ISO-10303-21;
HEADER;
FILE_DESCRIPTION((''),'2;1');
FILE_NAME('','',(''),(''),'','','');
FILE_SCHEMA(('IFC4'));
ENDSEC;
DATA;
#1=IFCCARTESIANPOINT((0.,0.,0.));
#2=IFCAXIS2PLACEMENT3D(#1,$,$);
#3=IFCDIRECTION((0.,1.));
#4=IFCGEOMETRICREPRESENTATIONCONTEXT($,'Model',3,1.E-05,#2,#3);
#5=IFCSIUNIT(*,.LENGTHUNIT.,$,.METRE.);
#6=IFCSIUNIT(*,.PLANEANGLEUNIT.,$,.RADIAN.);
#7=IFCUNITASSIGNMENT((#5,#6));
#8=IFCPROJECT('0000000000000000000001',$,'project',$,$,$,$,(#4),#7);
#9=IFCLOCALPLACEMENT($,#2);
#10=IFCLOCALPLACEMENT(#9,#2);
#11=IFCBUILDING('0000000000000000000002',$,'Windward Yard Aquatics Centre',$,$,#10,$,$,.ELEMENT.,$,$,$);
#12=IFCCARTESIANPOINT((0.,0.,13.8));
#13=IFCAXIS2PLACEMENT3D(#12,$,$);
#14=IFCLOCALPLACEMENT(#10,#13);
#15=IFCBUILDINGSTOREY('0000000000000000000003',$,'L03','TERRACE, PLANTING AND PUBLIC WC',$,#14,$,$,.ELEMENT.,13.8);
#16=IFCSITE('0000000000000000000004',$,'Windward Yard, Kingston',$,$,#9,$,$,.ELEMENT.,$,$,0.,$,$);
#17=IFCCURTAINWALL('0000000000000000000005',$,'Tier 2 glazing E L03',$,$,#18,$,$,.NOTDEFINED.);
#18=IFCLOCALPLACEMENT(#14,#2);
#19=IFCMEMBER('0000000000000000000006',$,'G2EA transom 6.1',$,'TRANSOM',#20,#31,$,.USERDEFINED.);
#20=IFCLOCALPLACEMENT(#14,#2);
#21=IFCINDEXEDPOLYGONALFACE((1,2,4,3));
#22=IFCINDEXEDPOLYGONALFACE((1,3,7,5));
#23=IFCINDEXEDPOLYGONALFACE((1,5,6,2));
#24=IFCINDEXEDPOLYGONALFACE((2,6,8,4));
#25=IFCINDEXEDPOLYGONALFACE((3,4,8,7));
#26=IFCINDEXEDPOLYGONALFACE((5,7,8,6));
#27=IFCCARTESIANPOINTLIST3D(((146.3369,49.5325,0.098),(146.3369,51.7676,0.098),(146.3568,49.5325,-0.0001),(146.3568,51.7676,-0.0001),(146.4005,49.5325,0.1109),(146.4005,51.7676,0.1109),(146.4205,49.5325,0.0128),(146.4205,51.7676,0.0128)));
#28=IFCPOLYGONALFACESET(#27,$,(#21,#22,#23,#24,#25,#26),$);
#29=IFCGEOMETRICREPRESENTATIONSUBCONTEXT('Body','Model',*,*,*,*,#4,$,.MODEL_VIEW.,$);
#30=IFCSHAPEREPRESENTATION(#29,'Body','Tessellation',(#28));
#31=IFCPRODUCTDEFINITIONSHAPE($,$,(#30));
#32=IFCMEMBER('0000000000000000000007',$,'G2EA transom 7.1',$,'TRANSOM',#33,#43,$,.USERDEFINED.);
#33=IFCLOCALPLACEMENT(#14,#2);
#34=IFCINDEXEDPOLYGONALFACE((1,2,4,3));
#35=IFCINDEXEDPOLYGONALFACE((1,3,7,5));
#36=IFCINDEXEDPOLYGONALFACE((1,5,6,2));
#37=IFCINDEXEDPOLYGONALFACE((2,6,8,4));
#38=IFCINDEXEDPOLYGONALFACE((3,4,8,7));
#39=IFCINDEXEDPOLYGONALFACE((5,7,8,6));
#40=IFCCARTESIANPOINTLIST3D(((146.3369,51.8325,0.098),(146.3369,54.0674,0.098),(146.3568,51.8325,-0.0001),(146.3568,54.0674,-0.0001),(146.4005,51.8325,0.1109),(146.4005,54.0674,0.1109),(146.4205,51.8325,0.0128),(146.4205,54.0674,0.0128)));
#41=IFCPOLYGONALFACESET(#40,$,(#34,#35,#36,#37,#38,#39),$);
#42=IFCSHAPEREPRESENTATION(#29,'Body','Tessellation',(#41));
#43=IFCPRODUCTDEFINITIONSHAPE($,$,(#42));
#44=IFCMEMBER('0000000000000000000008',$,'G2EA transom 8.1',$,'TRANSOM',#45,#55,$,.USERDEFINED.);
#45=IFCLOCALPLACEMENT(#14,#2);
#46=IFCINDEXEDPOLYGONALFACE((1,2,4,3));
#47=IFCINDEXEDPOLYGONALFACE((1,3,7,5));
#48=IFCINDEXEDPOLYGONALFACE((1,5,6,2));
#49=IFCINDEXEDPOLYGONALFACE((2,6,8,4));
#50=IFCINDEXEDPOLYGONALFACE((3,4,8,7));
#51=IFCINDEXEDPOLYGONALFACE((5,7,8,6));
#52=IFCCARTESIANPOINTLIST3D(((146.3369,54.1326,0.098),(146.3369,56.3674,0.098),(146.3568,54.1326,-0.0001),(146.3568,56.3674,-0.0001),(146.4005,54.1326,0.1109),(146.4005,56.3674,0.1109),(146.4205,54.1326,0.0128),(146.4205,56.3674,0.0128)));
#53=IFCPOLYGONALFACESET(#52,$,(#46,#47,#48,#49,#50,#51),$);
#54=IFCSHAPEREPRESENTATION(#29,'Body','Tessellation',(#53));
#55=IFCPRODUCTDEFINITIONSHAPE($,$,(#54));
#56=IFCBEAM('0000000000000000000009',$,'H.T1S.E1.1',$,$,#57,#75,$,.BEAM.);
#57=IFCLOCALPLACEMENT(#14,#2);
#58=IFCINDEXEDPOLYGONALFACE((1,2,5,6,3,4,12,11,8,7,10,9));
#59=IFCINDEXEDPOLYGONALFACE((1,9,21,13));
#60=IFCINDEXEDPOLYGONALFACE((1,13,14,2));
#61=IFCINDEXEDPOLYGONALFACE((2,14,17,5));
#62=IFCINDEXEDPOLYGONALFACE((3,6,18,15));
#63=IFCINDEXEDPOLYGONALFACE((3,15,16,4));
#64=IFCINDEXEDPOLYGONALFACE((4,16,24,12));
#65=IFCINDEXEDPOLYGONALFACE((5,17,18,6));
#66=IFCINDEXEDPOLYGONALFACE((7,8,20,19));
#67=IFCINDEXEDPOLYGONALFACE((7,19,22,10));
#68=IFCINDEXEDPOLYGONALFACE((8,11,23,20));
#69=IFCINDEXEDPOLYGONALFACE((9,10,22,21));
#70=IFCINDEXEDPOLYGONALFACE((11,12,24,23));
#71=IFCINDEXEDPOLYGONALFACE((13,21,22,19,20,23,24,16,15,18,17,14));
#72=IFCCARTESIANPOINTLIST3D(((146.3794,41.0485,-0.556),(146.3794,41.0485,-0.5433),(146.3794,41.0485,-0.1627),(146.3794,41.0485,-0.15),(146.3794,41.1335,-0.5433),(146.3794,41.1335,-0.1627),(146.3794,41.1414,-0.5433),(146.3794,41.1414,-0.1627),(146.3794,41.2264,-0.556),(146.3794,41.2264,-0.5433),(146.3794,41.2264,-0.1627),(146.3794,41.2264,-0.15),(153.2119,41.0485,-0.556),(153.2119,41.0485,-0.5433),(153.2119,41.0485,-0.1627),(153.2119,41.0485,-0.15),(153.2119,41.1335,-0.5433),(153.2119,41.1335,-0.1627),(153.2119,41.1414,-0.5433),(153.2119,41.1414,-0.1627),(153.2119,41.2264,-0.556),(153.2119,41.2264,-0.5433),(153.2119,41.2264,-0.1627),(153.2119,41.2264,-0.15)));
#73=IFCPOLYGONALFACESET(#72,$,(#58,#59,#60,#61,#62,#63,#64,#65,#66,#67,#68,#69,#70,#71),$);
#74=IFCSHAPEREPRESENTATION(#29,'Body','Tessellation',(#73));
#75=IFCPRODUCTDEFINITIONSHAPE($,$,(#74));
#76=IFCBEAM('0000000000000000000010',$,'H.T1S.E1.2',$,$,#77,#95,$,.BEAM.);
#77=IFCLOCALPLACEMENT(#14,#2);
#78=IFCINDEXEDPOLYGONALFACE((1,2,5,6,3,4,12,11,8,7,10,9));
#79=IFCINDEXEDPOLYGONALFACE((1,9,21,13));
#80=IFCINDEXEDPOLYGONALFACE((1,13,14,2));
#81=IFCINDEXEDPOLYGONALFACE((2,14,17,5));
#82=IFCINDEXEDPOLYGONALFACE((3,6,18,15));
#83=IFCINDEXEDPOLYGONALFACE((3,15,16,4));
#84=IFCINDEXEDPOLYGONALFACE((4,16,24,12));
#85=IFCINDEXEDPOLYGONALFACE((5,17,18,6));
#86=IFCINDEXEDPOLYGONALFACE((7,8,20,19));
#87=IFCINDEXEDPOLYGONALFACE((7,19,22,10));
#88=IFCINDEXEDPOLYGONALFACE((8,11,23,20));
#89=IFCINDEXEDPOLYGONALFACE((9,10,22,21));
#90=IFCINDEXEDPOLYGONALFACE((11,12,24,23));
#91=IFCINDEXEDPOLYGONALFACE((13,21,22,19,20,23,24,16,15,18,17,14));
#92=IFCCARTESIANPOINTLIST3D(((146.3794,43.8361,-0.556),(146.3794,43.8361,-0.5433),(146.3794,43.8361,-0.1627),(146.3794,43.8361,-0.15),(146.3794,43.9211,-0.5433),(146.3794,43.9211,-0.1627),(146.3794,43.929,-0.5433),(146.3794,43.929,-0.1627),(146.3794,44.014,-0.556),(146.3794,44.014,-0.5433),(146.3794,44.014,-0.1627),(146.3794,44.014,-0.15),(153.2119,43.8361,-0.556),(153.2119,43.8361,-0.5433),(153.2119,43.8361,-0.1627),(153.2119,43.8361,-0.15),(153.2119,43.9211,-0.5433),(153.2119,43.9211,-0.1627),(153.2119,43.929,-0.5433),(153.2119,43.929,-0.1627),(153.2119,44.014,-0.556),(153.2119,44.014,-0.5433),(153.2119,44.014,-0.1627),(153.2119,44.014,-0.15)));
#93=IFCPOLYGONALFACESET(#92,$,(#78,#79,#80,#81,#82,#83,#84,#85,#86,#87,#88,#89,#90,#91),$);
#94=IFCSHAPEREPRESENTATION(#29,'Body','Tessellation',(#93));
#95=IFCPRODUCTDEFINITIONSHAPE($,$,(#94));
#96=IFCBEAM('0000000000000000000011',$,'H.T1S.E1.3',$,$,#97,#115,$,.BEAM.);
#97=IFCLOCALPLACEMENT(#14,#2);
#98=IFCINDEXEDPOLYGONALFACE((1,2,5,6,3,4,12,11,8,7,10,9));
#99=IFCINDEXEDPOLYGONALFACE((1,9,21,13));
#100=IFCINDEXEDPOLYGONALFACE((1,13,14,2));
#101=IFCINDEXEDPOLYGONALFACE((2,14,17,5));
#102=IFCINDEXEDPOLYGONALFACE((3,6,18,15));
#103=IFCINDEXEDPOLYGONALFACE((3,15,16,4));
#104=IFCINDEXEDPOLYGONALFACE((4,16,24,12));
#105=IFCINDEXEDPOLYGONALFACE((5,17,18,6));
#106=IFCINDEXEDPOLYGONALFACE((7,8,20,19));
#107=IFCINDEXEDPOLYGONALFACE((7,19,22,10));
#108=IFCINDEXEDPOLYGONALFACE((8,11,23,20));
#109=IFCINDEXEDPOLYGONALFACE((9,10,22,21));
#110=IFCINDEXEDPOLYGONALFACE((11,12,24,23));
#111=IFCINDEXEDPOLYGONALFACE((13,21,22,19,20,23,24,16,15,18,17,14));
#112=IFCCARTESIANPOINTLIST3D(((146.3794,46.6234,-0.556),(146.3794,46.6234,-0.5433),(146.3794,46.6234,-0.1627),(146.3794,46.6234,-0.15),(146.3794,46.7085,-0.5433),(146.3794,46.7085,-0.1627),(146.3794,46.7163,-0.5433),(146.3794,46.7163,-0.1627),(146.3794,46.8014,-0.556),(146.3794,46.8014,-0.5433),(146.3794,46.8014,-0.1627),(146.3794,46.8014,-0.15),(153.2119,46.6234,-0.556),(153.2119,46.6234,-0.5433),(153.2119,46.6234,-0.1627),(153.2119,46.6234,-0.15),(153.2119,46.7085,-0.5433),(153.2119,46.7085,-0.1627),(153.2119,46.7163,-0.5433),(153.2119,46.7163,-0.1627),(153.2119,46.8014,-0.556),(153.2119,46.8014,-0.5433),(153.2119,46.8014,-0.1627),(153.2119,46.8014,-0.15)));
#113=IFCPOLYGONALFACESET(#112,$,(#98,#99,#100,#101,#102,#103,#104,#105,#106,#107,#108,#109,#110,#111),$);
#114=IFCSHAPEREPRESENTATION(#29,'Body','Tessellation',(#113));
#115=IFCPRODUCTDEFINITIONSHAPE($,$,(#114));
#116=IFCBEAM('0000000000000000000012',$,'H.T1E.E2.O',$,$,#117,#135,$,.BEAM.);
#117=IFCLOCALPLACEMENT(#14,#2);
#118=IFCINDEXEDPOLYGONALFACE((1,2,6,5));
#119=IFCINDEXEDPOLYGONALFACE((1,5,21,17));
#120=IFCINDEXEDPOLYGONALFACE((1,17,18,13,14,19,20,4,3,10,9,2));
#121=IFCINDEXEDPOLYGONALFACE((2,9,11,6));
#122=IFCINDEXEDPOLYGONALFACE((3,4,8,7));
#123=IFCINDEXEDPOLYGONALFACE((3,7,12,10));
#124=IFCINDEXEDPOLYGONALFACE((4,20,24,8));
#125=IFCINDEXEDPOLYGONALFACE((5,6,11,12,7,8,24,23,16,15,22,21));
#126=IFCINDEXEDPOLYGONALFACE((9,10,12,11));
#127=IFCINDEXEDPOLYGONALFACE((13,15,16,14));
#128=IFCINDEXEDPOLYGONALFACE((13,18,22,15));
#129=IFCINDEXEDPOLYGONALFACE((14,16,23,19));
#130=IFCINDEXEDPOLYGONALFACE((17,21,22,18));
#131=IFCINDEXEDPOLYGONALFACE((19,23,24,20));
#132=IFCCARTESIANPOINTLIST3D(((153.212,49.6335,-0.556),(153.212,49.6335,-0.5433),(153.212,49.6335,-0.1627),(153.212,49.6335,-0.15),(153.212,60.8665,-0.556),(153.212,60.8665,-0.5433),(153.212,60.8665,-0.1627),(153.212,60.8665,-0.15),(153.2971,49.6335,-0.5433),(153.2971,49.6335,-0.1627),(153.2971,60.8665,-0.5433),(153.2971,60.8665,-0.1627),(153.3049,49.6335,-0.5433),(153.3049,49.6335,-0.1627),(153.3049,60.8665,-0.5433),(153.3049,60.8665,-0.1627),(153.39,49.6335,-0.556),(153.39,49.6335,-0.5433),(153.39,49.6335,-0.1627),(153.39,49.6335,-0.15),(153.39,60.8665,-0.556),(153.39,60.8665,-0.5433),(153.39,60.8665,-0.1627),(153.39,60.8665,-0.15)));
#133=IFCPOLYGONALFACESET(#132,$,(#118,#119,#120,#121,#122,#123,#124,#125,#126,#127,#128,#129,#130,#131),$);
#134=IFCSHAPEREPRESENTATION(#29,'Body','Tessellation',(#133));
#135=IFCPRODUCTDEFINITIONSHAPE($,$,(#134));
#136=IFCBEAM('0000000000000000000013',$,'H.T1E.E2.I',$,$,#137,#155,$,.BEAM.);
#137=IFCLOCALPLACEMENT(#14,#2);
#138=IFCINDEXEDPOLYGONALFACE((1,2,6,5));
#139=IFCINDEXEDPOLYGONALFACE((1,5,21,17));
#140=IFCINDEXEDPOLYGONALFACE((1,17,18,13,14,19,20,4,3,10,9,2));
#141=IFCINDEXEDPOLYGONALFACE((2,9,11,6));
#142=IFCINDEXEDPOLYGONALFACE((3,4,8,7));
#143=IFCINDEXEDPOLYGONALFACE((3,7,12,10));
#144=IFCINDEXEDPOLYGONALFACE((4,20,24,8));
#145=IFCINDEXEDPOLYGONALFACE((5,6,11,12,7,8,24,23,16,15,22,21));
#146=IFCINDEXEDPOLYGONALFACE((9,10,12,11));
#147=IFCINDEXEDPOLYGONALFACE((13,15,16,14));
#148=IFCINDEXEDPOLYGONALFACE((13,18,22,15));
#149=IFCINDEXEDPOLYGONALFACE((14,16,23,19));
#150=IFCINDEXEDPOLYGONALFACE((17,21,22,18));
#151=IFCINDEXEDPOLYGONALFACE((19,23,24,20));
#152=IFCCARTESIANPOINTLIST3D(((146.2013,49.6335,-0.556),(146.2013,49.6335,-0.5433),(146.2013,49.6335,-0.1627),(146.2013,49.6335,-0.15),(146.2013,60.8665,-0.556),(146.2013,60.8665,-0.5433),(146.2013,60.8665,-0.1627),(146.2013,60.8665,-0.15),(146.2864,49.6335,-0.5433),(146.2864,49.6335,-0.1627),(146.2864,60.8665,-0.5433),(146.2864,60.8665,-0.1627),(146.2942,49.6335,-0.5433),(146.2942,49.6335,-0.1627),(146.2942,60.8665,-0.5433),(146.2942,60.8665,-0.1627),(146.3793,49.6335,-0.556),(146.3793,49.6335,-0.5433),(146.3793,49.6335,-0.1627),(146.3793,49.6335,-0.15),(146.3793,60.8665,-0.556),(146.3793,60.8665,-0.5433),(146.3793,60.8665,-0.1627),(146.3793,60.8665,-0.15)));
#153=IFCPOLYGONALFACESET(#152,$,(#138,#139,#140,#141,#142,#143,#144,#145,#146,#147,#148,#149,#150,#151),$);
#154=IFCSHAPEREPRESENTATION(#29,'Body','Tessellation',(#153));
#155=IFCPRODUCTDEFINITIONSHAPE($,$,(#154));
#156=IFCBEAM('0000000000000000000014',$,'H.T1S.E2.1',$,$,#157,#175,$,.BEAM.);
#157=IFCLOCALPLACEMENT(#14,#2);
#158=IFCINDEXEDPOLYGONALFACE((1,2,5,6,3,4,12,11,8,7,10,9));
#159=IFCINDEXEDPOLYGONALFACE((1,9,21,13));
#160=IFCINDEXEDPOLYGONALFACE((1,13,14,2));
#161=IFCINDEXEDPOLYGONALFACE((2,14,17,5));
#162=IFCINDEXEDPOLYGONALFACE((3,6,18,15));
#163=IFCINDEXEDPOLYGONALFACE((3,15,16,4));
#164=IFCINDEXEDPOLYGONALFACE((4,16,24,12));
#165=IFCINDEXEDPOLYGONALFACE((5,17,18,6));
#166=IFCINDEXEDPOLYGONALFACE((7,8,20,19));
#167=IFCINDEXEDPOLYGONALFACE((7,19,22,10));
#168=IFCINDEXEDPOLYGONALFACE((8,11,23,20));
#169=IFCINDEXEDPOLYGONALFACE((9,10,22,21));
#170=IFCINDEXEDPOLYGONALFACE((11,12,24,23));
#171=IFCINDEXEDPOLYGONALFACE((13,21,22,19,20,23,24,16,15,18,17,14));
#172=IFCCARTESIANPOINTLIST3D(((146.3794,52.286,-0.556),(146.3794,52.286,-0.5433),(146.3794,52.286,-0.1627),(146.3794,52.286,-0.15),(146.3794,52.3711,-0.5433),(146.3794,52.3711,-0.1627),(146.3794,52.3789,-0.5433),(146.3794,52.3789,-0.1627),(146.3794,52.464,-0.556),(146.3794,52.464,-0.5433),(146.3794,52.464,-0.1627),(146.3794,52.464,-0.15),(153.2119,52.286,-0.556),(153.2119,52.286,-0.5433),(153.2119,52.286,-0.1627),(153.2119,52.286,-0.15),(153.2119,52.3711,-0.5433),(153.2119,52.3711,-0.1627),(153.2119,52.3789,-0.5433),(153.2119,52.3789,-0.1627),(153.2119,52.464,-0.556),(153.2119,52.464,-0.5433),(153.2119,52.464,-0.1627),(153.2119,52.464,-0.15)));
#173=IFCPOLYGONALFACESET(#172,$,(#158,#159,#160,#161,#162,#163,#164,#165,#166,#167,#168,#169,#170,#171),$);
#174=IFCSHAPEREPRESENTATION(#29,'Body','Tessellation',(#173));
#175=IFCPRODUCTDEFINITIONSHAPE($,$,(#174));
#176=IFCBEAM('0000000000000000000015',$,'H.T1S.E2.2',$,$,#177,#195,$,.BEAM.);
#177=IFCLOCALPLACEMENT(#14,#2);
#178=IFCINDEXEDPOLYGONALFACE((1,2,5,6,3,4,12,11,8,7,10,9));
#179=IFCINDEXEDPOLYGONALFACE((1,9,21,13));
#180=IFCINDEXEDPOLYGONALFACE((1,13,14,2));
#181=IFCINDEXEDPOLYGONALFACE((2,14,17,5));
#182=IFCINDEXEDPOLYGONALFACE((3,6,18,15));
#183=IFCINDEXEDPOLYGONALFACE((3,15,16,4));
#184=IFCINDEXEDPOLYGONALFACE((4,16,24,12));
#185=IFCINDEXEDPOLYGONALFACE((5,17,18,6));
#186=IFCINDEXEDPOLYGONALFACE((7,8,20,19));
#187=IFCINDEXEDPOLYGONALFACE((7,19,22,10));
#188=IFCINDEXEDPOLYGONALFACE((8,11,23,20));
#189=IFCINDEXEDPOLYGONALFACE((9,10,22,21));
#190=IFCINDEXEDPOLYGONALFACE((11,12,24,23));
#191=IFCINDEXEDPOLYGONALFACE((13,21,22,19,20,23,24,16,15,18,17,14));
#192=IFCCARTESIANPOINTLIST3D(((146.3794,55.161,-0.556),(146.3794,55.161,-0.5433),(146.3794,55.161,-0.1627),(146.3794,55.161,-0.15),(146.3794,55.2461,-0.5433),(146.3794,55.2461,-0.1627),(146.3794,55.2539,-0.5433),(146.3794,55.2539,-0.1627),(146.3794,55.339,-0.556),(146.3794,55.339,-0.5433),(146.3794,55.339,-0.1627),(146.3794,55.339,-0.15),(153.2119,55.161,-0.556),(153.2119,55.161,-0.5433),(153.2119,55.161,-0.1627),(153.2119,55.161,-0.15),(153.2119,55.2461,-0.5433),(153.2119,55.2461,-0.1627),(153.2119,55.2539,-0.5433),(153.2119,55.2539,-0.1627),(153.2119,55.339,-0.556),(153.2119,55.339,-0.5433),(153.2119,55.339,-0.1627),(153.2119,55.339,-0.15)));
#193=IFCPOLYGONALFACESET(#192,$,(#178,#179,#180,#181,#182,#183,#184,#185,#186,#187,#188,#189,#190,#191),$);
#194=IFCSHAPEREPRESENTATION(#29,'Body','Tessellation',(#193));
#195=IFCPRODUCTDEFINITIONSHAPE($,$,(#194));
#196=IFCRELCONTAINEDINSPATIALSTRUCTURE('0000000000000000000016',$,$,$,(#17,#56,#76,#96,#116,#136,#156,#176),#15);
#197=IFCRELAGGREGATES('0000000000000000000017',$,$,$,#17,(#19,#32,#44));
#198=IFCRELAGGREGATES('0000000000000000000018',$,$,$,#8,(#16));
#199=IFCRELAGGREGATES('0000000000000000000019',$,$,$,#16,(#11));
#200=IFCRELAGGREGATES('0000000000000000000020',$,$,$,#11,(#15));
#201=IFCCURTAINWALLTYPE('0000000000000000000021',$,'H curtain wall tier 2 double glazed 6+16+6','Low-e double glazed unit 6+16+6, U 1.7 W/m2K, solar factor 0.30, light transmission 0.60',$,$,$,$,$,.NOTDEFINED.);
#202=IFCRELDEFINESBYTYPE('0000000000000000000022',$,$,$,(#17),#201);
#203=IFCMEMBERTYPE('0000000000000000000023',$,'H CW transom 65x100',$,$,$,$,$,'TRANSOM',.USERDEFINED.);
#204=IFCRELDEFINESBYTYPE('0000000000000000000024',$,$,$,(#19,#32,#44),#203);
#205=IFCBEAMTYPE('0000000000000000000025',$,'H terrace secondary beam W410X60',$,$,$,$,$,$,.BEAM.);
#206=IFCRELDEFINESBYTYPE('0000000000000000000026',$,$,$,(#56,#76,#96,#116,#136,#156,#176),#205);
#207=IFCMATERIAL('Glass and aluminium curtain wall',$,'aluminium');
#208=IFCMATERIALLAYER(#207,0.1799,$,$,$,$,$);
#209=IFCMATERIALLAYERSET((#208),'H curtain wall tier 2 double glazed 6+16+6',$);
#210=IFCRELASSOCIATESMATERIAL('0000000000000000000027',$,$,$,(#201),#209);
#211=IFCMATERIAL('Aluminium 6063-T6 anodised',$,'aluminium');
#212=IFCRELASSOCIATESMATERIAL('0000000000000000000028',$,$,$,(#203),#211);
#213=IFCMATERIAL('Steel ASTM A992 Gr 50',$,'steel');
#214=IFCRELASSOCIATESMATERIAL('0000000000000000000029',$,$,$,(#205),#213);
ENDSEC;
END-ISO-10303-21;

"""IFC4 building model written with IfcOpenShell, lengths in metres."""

from ifc_helpers import new_model, si_unit, direction, frame, origin, origin_2d, place, context, subcontext, project, spatial, rectangle, i_section, extrude, material, layer, layer_set, material_profile, profile_set, type_object, element, aggregate, save


model = new_model("IFC4")

# Units and contexts
model_context = context("Model", 3, precision=1e-05, world=origin(), true_north=direction((0.0, 1.0)))
body_context = subcontext(model_context, "Body", "Model", "MODEL_VIEW")
ifc_project = project(units=[si_unit("LENGTHUNIT", "METRE"), si_unit("PLANEANGLEUNIT", "RADIAN")], contexts=[model_context])

# Site, building, storey
site_placement = place(None, origin())
site = spatial("IfcSite", under=ifc_project, at=site_placement, Name="Windward Yard, Kingston", CompositionType="ELEMENT", RefElevation=0.0)
building_placement = place(site_placement, origin())
building = spatial("IfcBuilding", under=site, at=building_placement, Name="Windward Yard Aquatics Centre", CompositionType="ELEMENT")
storey_placement = place(building_placement, frame((0.0, 0.0, 13.8)))
storey = spatial("IfcBuildingStorey", under=building, at=storey_placement, Name="L03", Description="TERRACE, PLANTING AND PUBLIC WC", CompositionType="ELEMENT", Elevation=13.8)

# Curtain wall, members
ifc_material_1 = material(Name="Glass and aluminium curtain wall", Category="aluminium")
ifc_layer_1 = layer(ifc_material_1, 0.1799)
ifc_layer_set_1 = layer_set([ifc_layer_1], Name="H curtain wall tier 2 double glazed 6+16+6")
curtain_wall_type = type_object("IfcCurtainWallType", Name="H curtain wall tier 2 double glazed 6+16+6", Description="Low-e double glazed unit 6+16+6, U 1.7 W/m2K, solar factor 0.30, light transmission 0.60", PredefinedType="NOTDEFINED", material=ifc_layer_set_1)
curtain_wall_placement = place(storey_placement, origin())
curtain_wall = element("IfcCurtainWall", 1, at=curtain_wall_placement, inside=storey, type_object=curtain_wall_type, Name="Tier 2 glazing E L03", PredefinedType="NOTDEFINED")
ifc_material_2 = material(Name="Aluminium 6063-T6 anodised", Category="aluminium")
ifc_material_profile_1 = material_profile(ifc_material_2, rectangle(XDim=0.0649, YDim=0.1001, at=origin_2d()), Name="H CW transom 65x100")
ifc_profile_set_1 = profile_set([ifc_material_profile_1], Name="Aluminium 6063-T6 anodised")
member_type_1 = type_object("IfcMemberType", Name="H CW transom 65x100", ElementType="TRANSOM", PredefinedType="USERDEFINED", material=ifc_profile_set_1)
member_1_placement = place(storey_placement, frame((146.3787, 49.5325, 0.0554), z_axis=(0.0, 1.0, 0.0), x_axis=(0.979925, 0.0, 0.199368)))
member_1 = element("IfcMember", 2, at=member_1_placement, type_object=member_type_1, Name="G2EA transom 6.1", ObjectType="TRANSOM", PredefinedType="USERDEFINED", context=body_context, shape_type="SweptSolid", body=[
    extrude(rectangle(XDim=0.0649, YDim=0.1001, at=origin_2d()), origin(), (0.0, 0.0, 1.0), 2.2351),
])
member_2_placement = place(storey_placement, frame((146.3787, 51.8325, 0.0554), z_axis=(0.0, 1.0, 0.0), x_axis=(0.979925, 0.0, 0.199368)))
member_2 = element("IfcMember", 3, at=member_2_placement, type_object=member_type_1, Name="G2EA transom 7.1", ObjectType="TRANSOM", PredefinedType="USERDEFINED", context=body_context, shape_type="SweptSolid", body=[
    extrude(rectangle(XDim=0.0649, YDim=0.1001, at=origin_2d()), origin(), (0.0, 0.0, 1.0), 2.2349),
])
member_3_placement = place(storey_placement, frame((146.3787, 54.1326, 0.0554), z_axis=(0.0, 1.0, 0.0), x_axis=(0.979925, 0.0, 0.199368)))
member_3 = element("IfcMember", 4, at=member_3_placement, type_object=member_type_1, Name="G2EA transom 8.1", ObjectType="TRANSOM", PredefinedType="USERDEFINED", context=body_context, shape_type="SweptSolid", body=[
    extrude(rectangle(XDim=0.0649, YDim=0.1001, at=origin_2d()), origin(), (0.0, 0.0, 1.0), 2.2349),
])
aggregate(curtain_wall, [member_1, member_2, member_3])

# Beams
ifc_material_3 = material(Name="Steel ASTM A992 Gr 50", Category="steel")
ifc_material_profile_2 = material_profile(ifc_material_3, i_section(OverallWidth=0.178, OverallDepth=0.406, WebThickness=0.0078, FlangeThickness=0.0127, at=origin_2d()), Name="W410X60")
ifc_profile_set_2 = profile_set([ifc_material_profile_2], Name="Steel ASTM A992 Gr 50")
beam_type_1 = type_object("IfcBeamType", Name="H terrace secondary beam W410X60", PredefinedType="BEAM", material=ifc_profile_set_2)
for number, where, z_axis, x_axis, name in (
    (5, (153.2119, 41.1375, -0.353), (-1.0, 0.0, 0.0), (0.0, -1.0, 0.0), "H.T1S.E1.1"),
    (6, (153.2119, 43.925, -0.353), (-1.0, 0.0, 0.0), (0.0, -1.0, 0.0), "H.T1S.E1.2"),
    (7, (153.2119, 46.7124, -0.353), (-1.0, 0.0, 0.0), (0.0, -1.0, 0.0), "H.T1S.E1.3"),
):
    element("IfcBeam", number, at=place(storey_placement, frame(where, z_axis=z_axis, x_axis=x_axis)), inside=storey, type_object=beam_type_1, Name=name, PredefinedType="BEAM", context=body_context, shape_type="SweptSolid", body=[
        extrude(i_section(OverallWidth=0.178, OverallDepth=0.406, WebThickness=0.0078, FlangeThickness=0.0127, at=origin_2d()), origin(), (0.0, 0.0, 1.0), 6.8325),
    ])
for number, where, z_axis, x_axis, name in (
    (8, (153.301, 49.6335, -0.353), (0.0, 1.0, 0.0), (-1.0, 0.0, 0.0), "H.T1E.E2.O"),
    (9, (146.2903, 49.6335, -0.353), (0.0, 1.0, 0.0), (-1.0, 0.0, 0.0), "H.T1E.E2.I"),
):
    element("IfcBeam", number, at=place(storey_placement, frame(where, z_axis=z_axis, x_axis=x_axis)), inside=storey, type_object=beam_type_1, Name=name, PredefinedType="BEAM", context=body_context, shape_type="SweptSolid", body=[
        extrude(i_section(OverallWidth=0.178, OverallDepth=0.406, WebThickness=0.0078, FlangeThickness=0.0127, at=origin_2d()), origin(), (0.0, 0.0, 1.0), 11.2329),
    ])
for number, where, z_axis, x_axis, name in (
    (10, (153.2119, 52.375, -0.353), (-1.0, 0.0, 0.0), (0.0, -1.0, 0.0), "H.T1S.E2.1"),
    (11, (153.2119, 55.25, -0.353), (-1.0, 0.0, 0.0), (0.0, -1.0, 0.0), "H.T1S.E2.2"),
):
    element("IfcBeam", number, at=place(storey_placement, frame(where, z_axis=z_axis, x_axis=x_axis)), inside=storey, type_object=beam_type_1, Name=name, PredefinedType="BEAM", context=body_context, shape_type="SweptSolid", body=[
        extrude(i_section(OverallWidth=0.178, OverallDepth=0.406, WebThickness=0.0078, FlangeThickness=0.0127, at=origin_2d()), origin(), (0.0, 0.0, 1.0), 6.8325),
    ])

save(model, "model.ifc")
